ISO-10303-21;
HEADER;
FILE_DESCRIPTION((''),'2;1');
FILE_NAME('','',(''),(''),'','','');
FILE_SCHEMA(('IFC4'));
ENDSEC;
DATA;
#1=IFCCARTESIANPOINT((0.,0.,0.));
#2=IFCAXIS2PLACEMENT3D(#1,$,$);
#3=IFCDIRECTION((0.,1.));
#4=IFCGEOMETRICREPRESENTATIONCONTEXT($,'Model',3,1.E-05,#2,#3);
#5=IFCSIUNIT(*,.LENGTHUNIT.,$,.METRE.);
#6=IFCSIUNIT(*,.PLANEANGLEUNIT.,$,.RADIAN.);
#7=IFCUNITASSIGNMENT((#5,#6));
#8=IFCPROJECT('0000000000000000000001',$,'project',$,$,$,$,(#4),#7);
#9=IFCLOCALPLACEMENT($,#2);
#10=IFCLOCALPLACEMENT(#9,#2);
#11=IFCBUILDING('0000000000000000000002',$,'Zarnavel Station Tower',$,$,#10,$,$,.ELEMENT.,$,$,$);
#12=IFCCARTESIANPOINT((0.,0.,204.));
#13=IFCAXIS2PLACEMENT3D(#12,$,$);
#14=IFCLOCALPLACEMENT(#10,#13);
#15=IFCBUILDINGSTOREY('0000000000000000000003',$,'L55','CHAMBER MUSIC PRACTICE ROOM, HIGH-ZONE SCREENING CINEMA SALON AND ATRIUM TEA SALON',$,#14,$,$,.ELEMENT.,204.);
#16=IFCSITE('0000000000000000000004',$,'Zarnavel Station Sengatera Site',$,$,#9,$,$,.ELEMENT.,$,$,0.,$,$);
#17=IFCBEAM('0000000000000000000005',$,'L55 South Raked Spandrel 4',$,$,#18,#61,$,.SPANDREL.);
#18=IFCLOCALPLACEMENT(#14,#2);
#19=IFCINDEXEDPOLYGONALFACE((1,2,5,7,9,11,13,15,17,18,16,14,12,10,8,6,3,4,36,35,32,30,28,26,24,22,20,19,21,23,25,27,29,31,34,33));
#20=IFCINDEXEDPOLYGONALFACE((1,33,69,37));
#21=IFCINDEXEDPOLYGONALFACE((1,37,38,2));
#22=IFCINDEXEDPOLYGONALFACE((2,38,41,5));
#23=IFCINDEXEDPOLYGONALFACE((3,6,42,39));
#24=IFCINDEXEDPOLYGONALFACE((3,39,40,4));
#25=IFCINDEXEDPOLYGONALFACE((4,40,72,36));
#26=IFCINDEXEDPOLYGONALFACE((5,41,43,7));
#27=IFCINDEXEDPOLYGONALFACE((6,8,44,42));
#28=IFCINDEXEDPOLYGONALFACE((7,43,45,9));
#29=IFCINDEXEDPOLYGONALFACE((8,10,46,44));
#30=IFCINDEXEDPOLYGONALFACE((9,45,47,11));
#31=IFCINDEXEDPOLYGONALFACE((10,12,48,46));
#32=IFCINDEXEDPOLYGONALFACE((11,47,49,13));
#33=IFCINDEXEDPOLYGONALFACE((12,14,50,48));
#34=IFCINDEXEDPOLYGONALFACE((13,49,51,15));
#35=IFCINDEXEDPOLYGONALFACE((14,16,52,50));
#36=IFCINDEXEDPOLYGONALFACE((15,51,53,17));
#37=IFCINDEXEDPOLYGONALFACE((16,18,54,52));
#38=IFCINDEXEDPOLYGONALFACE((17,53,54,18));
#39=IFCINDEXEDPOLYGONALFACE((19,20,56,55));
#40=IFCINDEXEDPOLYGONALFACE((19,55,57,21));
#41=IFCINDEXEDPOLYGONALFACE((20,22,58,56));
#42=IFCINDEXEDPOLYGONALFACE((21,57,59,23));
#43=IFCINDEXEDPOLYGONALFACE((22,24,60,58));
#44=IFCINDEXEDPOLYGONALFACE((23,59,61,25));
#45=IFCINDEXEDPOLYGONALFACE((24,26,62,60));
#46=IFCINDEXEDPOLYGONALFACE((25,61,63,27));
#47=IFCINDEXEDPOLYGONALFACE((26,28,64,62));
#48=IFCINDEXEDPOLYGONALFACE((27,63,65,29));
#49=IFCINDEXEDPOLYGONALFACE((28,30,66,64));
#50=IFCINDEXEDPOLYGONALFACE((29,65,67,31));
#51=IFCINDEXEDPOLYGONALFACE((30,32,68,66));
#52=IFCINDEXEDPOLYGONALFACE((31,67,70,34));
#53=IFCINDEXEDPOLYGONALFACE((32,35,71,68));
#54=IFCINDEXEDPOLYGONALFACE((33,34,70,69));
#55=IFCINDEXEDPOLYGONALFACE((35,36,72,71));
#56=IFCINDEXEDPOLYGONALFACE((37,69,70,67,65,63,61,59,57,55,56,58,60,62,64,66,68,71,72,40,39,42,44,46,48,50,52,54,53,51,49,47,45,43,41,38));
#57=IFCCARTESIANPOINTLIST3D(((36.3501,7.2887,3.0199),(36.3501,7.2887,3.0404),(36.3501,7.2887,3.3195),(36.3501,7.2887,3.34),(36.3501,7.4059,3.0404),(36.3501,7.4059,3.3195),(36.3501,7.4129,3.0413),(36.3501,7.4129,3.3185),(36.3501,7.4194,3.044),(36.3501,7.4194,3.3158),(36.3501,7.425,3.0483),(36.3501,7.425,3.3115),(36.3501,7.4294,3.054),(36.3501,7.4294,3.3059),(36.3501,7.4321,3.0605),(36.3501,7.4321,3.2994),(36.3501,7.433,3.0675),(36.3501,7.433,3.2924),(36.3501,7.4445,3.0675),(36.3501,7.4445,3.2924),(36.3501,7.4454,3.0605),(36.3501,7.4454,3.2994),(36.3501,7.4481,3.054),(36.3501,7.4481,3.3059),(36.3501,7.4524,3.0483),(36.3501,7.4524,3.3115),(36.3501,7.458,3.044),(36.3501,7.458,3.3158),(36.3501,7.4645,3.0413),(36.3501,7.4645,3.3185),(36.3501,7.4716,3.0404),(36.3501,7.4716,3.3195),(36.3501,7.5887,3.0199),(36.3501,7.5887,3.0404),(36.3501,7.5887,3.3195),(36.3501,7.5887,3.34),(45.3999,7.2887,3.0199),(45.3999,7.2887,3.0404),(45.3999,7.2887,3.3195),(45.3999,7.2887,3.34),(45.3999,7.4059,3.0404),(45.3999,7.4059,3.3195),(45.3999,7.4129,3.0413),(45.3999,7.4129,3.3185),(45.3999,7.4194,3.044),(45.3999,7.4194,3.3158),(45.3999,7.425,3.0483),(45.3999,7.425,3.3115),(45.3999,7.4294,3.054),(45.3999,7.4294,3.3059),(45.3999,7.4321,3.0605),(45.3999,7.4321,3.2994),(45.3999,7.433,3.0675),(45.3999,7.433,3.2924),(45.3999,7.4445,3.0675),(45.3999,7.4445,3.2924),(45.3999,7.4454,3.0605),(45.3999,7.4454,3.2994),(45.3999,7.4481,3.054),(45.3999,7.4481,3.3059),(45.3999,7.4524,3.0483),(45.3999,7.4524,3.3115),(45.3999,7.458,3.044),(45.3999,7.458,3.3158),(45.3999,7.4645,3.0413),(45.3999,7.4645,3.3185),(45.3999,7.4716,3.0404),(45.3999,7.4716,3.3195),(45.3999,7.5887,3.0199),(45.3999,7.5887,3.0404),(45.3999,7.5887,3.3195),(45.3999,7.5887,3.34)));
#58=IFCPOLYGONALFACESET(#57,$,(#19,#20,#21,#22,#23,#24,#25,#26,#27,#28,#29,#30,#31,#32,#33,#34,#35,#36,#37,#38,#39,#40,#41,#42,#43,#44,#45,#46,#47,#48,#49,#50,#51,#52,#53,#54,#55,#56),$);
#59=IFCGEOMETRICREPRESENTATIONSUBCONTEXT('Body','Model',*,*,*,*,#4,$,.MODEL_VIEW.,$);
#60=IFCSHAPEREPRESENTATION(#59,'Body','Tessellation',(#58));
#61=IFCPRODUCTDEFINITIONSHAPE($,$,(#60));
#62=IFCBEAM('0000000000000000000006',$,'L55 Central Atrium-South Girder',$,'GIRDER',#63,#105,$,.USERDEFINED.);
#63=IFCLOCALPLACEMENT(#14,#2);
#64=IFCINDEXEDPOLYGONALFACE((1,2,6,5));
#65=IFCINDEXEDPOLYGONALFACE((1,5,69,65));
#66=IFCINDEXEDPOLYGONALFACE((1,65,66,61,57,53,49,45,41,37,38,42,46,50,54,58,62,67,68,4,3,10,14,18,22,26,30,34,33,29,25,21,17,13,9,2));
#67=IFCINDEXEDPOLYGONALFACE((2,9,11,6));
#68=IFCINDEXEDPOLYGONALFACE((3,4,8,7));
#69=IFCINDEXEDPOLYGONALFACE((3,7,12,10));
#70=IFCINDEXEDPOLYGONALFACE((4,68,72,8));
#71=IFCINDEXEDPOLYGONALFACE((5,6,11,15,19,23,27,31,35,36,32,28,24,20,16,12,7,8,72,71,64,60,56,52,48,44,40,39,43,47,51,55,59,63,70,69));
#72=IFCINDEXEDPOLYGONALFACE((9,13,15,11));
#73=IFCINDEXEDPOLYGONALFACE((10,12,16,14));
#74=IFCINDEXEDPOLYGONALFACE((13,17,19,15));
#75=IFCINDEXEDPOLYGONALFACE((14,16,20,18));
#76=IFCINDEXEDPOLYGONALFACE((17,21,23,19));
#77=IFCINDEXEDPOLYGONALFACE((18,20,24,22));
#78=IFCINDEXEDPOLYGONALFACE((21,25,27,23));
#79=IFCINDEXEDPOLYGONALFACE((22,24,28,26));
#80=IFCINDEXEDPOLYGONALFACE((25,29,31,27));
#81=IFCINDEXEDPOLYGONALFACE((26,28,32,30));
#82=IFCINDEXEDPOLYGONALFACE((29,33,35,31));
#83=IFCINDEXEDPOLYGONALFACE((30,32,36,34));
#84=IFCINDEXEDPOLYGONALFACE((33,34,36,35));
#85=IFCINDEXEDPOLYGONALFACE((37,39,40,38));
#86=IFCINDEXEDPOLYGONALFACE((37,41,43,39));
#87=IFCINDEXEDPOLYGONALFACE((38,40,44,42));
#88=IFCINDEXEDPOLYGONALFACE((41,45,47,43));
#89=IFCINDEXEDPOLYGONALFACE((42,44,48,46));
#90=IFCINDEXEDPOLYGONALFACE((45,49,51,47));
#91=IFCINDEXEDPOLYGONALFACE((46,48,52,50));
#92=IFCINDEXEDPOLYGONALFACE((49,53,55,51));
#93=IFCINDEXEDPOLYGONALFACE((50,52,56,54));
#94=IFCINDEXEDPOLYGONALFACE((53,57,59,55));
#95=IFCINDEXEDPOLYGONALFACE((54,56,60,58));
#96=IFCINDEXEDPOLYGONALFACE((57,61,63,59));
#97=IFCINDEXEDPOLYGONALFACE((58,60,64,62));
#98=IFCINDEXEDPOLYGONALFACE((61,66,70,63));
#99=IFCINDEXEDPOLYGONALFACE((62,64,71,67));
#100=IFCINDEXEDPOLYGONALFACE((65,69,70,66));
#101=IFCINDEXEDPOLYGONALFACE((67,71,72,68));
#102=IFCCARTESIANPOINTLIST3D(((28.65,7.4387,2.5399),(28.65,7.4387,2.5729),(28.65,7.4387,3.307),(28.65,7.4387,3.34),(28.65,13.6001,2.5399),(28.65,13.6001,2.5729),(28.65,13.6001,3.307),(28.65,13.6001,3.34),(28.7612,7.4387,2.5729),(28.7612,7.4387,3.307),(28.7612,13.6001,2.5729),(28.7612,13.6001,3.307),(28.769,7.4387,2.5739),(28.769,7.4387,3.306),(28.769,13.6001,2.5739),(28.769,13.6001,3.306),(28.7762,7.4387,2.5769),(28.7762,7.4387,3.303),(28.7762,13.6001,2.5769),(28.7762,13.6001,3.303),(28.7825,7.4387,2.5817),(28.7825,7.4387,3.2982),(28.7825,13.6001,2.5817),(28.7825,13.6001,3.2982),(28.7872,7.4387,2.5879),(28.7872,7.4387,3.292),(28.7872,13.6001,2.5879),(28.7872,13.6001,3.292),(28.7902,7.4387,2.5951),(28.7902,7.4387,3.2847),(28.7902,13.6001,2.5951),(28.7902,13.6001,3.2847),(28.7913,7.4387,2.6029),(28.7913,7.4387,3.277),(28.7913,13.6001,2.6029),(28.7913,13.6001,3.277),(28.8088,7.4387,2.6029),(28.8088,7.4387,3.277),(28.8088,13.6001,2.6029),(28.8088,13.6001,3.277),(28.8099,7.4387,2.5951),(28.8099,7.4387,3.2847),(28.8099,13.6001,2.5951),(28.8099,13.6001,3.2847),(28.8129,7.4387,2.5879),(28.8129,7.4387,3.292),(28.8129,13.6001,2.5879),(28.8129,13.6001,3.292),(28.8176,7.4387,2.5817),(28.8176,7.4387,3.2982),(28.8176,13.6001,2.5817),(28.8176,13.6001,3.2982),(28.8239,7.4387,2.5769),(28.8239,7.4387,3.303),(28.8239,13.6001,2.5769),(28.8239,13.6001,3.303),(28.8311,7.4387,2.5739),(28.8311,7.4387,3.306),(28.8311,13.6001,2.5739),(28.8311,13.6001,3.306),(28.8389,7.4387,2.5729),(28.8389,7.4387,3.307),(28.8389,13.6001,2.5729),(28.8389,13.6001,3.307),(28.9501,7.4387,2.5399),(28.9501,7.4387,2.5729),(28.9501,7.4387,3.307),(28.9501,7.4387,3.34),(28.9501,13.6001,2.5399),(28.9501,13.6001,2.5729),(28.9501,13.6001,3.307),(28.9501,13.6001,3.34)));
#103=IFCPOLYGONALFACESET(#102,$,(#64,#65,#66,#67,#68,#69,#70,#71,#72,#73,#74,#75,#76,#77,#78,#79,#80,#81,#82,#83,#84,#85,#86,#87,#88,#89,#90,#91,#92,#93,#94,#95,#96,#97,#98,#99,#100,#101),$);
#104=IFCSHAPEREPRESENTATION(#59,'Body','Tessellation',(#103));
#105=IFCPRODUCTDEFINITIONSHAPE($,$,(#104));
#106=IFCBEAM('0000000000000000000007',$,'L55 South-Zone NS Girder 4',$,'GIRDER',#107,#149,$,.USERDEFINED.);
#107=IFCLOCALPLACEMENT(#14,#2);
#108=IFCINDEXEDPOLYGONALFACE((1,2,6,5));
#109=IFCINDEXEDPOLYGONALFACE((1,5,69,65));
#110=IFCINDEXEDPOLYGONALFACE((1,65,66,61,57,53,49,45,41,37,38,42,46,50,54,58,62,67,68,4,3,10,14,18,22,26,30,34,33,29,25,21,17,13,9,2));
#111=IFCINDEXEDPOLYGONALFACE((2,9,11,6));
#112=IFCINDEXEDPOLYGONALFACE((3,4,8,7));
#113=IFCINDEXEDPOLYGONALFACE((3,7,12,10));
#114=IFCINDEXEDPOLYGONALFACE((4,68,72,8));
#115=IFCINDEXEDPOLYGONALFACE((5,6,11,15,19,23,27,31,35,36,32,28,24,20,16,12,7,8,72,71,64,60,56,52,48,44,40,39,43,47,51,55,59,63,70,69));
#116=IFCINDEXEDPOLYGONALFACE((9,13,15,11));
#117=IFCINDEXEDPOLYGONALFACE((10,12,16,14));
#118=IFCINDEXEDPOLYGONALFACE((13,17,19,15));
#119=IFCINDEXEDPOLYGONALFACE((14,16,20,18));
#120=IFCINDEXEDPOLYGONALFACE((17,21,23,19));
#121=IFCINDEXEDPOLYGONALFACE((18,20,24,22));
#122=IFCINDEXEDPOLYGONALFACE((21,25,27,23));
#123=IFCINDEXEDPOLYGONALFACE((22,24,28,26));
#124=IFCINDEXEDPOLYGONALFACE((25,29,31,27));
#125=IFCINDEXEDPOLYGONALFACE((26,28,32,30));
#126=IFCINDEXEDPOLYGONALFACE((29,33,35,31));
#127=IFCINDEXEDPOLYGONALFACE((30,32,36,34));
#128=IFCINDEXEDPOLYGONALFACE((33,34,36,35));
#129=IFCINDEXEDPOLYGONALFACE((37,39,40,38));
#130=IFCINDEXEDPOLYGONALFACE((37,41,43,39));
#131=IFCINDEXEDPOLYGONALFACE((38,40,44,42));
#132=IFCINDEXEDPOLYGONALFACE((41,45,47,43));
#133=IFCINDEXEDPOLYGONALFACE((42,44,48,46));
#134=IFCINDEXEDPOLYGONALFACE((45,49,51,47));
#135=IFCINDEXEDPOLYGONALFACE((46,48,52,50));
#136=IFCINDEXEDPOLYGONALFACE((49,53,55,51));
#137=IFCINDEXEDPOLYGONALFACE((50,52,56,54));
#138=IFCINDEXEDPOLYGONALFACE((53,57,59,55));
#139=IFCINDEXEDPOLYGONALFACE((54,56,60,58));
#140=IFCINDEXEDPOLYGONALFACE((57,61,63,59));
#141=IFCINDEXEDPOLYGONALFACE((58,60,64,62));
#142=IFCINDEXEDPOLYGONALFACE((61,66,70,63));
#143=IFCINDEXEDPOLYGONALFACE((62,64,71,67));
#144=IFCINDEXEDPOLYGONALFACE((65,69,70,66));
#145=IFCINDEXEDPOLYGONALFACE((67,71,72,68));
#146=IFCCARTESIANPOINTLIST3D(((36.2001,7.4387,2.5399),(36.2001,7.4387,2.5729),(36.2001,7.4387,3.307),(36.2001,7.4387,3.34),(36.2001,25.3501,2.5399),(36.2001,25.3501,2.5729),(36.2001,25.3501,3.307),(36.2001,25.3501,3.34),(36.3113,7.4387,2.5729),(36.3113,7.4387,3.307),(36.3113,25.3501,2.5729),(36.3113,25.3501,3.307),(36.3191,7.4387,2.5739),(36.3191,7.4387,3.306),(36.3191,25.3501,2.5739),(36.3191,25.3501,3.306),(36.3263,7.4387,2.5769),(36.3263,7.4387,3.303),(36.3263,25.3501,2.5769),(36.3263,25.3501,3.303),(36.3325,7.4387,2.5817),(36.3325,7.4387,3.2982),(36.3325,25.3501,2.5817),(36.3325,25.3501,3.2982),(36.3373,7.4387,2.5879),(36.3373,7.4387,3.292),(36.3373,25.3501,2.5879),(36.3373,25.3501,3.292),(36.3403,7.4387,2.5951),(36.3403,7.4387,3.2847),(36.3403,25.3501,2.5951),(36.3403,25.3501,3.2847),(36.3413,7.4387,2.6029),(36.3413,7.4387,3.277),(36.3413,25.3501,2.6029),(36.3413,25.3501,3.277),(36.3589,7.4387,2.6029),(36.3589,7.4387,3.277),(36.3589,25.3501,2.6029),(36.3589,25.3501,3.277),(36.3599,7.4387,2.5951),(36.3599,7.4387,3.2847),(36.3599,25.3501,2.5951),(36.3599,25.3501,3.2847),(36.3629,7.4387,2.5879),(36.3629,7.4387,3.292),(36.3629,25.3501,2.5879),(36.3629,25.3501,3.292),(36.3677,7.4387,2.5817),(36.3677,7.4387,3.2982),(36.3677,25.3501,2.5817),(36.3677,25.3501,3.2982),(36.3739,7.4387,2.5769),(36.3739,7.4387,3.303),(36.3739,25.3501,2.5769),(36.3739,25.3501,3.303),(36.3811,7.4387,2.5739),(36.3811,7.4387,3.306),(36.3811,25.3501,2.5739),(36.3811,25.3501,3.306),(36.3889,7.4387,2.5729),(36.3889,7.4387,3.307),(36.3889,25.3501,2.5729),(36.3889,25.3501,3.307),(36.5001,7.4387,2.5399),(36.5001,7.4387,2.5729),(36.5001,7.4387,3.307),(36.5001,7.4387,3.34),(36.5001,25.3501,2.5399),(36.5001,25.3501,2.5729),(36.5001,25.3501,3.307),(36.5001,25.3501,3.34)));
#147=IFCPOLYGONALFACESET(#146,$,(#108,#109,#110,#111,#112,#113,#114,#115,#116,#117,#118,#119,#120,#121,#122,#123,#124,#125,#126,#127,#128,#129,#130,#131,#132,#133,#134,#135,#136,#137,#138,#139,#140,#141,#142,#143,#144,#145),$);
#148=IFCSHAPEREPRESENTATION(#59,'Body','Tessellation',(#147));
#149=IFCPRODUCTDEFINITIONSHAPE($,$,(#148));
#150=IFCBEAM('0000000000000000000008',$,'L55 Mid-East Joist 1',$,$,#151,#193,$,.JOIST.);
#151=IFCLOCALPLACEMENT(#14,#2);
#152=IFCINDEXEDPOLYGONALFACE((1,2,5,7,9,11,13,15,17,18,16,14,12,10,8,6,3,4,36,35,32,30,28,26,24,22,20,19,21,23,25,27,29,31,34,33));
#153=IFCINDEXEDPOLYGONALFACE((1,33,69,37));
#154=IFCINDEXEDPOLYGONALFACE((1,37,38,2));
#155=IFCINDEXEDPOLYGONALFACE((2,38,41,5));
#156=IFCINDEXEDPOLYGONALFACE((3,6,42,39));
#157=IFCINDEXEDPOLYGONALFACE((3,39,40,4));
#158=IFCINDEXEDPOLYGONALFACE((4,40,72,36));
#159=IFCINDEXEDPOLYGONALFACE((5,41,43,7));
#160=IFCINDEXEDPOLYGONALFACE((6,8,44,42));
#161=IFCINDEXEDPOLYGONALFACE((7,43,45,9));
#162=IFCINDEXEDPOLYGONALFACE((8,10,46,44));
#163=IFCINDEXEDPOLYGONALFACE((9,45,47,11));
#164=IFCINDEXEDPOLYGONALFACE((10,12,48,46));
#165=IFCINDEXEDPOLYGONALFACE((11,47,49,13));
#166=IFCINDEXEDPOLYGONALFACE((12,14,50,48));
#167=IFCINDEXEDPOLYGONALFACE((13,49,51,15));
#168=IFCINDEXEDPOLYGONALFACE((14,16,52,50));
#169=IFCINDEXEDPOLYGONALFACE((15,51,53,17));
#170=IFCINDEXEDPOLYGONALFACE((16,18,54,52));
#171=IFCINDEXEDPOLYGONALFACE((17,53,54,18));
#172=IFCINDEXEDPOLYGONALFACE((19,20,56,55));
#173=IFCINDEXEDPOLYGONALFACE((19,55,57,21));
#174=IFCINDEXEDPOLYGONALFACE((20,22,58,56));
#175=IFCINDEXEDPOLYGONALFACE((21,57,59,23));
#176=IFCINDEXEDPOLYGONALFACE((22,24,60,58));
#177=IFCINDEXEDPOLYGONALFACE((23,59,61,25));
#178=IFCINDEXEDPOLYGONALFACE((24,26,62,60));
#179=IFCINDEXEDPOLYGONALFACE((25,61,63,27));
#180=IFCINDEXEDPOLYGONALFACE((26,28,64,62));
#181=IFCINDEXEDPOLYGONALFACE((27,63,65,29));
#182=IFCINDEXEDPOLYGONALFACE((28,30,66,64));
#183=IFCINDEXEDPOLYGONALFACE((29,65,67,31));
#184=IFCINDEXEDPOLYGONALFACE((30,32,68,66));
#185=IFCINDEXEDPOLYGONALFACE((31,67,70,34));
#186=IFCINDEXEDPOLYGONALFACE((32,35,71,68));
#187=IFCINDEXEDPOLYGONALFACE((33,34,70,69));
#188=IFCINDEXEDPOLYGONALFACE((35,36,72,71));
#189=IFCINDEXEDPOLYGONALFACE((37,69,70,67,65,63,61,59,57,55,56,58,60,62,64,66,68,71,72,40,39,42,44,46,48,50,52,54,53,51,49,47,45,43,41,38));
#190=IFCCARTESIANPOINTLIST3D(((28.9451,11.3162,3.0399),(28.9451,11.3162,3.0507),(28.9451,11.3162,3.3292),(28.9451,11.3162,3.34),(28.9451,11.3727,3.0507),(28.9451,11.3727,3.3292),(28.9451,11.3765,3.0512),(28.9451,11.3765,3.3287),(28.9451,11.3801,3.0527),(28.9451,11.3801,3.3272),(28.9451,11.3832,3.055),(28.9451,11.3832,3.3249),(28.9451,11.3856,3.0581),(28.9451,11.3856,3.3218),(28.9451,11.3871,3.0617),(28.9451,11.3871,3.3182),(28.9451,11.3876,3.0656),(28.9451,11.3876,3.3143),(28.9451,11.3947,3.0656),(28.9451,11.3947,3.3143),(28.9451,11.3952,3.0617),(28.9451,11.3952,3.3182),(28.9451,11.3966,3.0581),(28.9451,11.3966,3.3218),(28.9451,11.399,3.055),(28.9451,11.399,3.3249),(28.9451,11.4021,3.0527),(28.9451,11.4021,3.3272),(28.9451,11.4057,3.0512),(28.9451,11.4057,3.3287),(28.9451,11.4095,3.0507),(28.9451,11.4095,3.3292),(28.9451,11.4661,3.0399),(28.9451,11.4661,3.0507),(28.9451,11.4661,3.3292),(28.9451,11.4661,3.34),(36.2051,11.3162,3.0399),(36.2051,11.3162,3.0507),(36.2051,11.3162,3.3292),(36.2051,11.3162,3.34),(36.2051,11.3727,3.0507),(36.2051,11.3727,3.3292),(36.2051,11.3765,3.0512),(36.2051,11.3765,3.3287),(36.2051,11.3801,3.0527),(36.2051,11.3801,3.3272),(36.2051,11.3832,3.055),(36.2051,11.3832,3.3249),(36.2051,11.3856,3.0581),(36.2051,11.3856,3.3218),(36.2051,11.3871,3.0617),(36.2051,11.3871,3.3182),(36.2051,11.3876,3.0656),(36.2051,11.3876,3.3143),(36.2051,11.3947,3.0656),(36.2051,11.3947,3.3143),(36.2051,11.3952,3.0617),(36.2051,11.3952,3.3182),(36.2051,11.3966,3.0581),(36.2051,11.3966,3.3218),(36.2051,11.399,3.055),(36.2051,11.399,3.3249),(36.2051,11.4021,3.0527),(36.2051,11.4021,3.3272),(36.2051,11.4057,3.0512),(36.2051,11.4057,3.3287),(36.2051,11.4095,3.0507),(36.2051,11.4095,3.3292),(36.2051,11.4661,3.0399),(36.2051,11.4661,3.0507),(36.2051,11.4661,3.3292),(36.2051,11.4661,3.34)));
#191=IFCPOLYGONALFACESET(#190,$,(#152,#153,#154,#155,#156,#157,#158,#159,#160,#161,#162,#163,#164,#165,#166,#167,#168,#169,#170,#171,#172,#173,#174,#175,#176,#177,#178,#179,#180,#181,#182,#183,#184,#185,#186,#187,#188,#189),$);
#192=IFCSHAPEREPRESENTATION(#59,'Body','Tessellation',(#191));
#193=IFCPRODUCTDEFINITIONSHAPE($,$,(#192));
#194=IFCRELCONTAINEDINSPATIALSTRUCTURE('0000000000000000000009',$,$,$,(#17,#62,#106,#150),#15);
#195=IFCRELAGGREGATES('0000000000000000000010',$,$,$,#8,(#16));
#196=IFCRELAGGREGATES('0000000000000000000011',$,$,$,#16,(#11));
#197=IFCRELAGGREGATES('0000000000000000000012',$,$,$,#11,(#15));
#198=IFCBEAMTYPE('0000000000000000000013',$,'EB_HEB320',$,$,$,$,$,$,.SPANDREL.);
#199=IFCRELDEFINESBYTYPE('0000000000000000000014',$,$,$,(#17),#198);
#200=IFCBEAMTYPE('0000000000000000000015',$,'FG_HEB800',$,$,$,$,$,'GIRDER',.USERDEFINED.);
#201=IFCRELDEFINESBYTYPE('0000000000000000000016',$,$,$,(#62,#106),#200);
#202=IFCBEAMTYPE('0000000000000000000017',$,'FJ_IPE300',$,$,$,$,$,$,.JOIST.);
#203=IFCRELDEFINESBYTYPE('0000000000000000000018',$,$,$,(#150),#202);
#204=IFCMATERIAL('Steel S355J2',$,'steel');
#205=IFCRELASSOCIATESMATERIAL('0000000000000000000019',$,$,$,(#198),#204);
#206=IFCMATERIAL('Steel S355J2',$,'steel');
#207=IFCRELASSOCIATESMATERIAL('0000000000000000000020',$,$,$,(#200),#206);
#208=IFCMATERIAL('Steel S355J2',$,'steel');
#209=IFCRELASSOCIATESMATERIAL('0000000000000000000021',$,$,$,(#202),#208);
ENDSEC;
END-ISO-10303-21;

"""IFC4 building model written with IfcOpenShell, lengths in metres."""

from ifc_helpers import new_model, si_unit, direction, frame, origin, origin_2d, place, context, subcontext, project, spatial, i_section, extrude, material, material_profile, profile_set, type_object, element, save


model = new_model("IFC4")

# Units and contexts
model_context = context("Model", 3, precision=1e-05, world=origin(), true_north=direction((0.0, 1.0)))
body_context = subcontext(model_context, "Body", "Model", "MODEL_VIEW")
ifc_project = project(units=[si_unit("LENGTHUNIT", "METRE"), si_unit("PLANEANGLEUNIT", "RADIAN")], contexts=[model_context])

# Site, building, storey
site_placement = place(None, origin())
site = spatial("IfcSite", under=ifc_project, at=site_placement, Name="Zarnavel Station Sengatera Site", CompositionType="ELEMENT", RefElevation=0.0)
building_placement = place(site_placement, origin())
building = spatial("IfcBuilding", under=site, at=building_placement, Name="Zarnavel Station Tower", CompositionType="ELEMENT")
storey_placement = place(building_placement, frame((0.0, 0.0, 204.0)))
storey = spatial("IfcBuildingStorey", under=building, at=storey_placement, Name="L55", Description="CHAMBER MUSIC PRACTICE ROOM, HIGH-ZONE SCREENING CINEMA SALON AND ATRIUM TEA SALON", CompositionType="ELEMENT", Elevation=204.0)

# Beams
ifc_material_1 = material(Name="Steel S355J2", Category="steel")
ifc_material_profile_1 = material_profile(ifc_material_1, i_section(OverallWidth=0.3, OverallDepth=0.3201, WebThickness=0.0115, FlangeThickness=0.0205, FilletRadius=0.0271, at=origin_2d()), Name="HEB320")
ifc_profile_set_1 = profile_set([ifc_material_profile_1], Name="Steel S355J2")
beam_type_1 = type_object("IfcBeamType", Name="EB_HEB320", PredefinedType="SPANDREL", material=ifc_profile_set_1)
beam_1_placement = place(storey_placement, frame((36.3501, 7.4387, 3.1799), z_axis=(1.0, 0.0, 0.0), x_axis=(0.0, 1.0, 0.0)))
element("IfcBeam", 1, at=beam_1_placement, inside=storey, type_object=beam_type_1, Name="L55 South Raked Spandrel 4", PredefinedType="SPANDREL", context=body_context, shape_type="SweptSolid", body=[
    extrude(i_section(OverallWidth=0.3, OverallDepth=0.3201, WebThickness=0.0115, FlangeThickness=0.0205, FilletRadius=0.0271, at=origin_2d()), origin(), (0.0, 0.0, 1.0), 9.0498),
])
ifc_material_2 = material(Name="Steel S355J2", Category="steel")
ifc_material_profile_2 = material_profile(ifc_material_2, i_section(OverallWidth=0.3, OverallDepth=0.8, WebThickness=0.0176, FlangeThickness=0.033, FilletRadius=0.03, at=origin_2d()), Name="HEB800")
ifc_profile_set_2 = profile_set([ifc_material_profile_2], Name="Steel S355J2")
beam_type_2 = type_object("IfcBeamType", Name="FG_HEB800", ElementType="GIRDER", PredefinedType="USERDEFINED", material=ifc_profile_set_2)
beam_2_placement = place(storey_placement, frame((28.8, 7.4387, 2.9399), z_axis=(0.0, 1.0, 0.0), x_axis=(-1.0, 0.0, 0.0)))
element("IfcBeam", 2, at=beam_2_placement, inside=storey, type_object=beam_type_2, Name="L55 Central Atrium-South Girder", ObjectType="GIRDER", PredefinedType="USERDEFINED", context=body_context, shape_type="SweptSolid", body=[
    extrude(i_section(OverallWidth=0.3, OverallDepth=0.8, WebThickness=0.0176, FlangeThickness=0.033, FilletRadius=0.03, at=origin_2d()), origin(), (0.0, 0.0, 1.0), 6.1614),
])
beam_3_placement = place(storey_placement, frame((36.3501, 7.4387, 2.9399), z_axis=(0.0, 1.0, 0.0), x_axis=(-1.0, 0.0, 0.0)))
element("IfcBeam", 3, at=beam_3_placement, inside=storey, type_object=beam_type_2, Name="L55 South-Zone NS Girder 4", ObjectType="GIRDER", PredefinedType="USERDEFINED", context=body_context, shape_type="SweptSolid", body=[
    extrude(i_section(OverallWidth=0.3, OverallDepth=0.8, WebThickness=0.0176, FlangeThickness=0.033, FilletRadius=0.03, at=origin_2d()), origin(), (0.0, 0.0, 1.0), 17.9114),
])
ifc_material_3 = material(Name="Steel S355J2", Category="steel")
ifc_material_profile_3 = material_profile(ifc_material_3, i_section(OverallWidth=0.1499, OverallDepth=0.3, WebThickness=0.0071, FlangeThickness=0.0107, FilletRadius=0.0149, at=origin_2d()), Name="IPE300")
ifc_profile_set_3 = profile_set([ifc_material_profile_3], Name="Steel S355J2")
beam_type_3 = type_object("IfcBeamType", Name="FJ_IPE300", PredefinedType="JOIST", material=ifc_profile_set_3)
beam_4_placement = place(storey_placement, frame((28.9451, 11.3911, 3.1899), z_axis=(1.0, 0.0, 0.0), x_axis=(0.0, 1.0, 0.0)))
element("IfcBeam", 4, at=beam_4_placement, inside=storey, type_object=beam_type_3, Name="L55 Mid-East Joist 1", PredefinedType="JOIST", context=body_context, shape_type="SweptSolid", body=[
    extrude(i_section(OverallWidth=0.1499, OverallDepth=0.3, WebThickness=0.0071, FlangeThickness=0.0107, FilletRadius=0.0149, at=origin_2d()), origin(), (0.0, 0.0, 1.0), 7.26),
])

save(model, "model.ifc")
